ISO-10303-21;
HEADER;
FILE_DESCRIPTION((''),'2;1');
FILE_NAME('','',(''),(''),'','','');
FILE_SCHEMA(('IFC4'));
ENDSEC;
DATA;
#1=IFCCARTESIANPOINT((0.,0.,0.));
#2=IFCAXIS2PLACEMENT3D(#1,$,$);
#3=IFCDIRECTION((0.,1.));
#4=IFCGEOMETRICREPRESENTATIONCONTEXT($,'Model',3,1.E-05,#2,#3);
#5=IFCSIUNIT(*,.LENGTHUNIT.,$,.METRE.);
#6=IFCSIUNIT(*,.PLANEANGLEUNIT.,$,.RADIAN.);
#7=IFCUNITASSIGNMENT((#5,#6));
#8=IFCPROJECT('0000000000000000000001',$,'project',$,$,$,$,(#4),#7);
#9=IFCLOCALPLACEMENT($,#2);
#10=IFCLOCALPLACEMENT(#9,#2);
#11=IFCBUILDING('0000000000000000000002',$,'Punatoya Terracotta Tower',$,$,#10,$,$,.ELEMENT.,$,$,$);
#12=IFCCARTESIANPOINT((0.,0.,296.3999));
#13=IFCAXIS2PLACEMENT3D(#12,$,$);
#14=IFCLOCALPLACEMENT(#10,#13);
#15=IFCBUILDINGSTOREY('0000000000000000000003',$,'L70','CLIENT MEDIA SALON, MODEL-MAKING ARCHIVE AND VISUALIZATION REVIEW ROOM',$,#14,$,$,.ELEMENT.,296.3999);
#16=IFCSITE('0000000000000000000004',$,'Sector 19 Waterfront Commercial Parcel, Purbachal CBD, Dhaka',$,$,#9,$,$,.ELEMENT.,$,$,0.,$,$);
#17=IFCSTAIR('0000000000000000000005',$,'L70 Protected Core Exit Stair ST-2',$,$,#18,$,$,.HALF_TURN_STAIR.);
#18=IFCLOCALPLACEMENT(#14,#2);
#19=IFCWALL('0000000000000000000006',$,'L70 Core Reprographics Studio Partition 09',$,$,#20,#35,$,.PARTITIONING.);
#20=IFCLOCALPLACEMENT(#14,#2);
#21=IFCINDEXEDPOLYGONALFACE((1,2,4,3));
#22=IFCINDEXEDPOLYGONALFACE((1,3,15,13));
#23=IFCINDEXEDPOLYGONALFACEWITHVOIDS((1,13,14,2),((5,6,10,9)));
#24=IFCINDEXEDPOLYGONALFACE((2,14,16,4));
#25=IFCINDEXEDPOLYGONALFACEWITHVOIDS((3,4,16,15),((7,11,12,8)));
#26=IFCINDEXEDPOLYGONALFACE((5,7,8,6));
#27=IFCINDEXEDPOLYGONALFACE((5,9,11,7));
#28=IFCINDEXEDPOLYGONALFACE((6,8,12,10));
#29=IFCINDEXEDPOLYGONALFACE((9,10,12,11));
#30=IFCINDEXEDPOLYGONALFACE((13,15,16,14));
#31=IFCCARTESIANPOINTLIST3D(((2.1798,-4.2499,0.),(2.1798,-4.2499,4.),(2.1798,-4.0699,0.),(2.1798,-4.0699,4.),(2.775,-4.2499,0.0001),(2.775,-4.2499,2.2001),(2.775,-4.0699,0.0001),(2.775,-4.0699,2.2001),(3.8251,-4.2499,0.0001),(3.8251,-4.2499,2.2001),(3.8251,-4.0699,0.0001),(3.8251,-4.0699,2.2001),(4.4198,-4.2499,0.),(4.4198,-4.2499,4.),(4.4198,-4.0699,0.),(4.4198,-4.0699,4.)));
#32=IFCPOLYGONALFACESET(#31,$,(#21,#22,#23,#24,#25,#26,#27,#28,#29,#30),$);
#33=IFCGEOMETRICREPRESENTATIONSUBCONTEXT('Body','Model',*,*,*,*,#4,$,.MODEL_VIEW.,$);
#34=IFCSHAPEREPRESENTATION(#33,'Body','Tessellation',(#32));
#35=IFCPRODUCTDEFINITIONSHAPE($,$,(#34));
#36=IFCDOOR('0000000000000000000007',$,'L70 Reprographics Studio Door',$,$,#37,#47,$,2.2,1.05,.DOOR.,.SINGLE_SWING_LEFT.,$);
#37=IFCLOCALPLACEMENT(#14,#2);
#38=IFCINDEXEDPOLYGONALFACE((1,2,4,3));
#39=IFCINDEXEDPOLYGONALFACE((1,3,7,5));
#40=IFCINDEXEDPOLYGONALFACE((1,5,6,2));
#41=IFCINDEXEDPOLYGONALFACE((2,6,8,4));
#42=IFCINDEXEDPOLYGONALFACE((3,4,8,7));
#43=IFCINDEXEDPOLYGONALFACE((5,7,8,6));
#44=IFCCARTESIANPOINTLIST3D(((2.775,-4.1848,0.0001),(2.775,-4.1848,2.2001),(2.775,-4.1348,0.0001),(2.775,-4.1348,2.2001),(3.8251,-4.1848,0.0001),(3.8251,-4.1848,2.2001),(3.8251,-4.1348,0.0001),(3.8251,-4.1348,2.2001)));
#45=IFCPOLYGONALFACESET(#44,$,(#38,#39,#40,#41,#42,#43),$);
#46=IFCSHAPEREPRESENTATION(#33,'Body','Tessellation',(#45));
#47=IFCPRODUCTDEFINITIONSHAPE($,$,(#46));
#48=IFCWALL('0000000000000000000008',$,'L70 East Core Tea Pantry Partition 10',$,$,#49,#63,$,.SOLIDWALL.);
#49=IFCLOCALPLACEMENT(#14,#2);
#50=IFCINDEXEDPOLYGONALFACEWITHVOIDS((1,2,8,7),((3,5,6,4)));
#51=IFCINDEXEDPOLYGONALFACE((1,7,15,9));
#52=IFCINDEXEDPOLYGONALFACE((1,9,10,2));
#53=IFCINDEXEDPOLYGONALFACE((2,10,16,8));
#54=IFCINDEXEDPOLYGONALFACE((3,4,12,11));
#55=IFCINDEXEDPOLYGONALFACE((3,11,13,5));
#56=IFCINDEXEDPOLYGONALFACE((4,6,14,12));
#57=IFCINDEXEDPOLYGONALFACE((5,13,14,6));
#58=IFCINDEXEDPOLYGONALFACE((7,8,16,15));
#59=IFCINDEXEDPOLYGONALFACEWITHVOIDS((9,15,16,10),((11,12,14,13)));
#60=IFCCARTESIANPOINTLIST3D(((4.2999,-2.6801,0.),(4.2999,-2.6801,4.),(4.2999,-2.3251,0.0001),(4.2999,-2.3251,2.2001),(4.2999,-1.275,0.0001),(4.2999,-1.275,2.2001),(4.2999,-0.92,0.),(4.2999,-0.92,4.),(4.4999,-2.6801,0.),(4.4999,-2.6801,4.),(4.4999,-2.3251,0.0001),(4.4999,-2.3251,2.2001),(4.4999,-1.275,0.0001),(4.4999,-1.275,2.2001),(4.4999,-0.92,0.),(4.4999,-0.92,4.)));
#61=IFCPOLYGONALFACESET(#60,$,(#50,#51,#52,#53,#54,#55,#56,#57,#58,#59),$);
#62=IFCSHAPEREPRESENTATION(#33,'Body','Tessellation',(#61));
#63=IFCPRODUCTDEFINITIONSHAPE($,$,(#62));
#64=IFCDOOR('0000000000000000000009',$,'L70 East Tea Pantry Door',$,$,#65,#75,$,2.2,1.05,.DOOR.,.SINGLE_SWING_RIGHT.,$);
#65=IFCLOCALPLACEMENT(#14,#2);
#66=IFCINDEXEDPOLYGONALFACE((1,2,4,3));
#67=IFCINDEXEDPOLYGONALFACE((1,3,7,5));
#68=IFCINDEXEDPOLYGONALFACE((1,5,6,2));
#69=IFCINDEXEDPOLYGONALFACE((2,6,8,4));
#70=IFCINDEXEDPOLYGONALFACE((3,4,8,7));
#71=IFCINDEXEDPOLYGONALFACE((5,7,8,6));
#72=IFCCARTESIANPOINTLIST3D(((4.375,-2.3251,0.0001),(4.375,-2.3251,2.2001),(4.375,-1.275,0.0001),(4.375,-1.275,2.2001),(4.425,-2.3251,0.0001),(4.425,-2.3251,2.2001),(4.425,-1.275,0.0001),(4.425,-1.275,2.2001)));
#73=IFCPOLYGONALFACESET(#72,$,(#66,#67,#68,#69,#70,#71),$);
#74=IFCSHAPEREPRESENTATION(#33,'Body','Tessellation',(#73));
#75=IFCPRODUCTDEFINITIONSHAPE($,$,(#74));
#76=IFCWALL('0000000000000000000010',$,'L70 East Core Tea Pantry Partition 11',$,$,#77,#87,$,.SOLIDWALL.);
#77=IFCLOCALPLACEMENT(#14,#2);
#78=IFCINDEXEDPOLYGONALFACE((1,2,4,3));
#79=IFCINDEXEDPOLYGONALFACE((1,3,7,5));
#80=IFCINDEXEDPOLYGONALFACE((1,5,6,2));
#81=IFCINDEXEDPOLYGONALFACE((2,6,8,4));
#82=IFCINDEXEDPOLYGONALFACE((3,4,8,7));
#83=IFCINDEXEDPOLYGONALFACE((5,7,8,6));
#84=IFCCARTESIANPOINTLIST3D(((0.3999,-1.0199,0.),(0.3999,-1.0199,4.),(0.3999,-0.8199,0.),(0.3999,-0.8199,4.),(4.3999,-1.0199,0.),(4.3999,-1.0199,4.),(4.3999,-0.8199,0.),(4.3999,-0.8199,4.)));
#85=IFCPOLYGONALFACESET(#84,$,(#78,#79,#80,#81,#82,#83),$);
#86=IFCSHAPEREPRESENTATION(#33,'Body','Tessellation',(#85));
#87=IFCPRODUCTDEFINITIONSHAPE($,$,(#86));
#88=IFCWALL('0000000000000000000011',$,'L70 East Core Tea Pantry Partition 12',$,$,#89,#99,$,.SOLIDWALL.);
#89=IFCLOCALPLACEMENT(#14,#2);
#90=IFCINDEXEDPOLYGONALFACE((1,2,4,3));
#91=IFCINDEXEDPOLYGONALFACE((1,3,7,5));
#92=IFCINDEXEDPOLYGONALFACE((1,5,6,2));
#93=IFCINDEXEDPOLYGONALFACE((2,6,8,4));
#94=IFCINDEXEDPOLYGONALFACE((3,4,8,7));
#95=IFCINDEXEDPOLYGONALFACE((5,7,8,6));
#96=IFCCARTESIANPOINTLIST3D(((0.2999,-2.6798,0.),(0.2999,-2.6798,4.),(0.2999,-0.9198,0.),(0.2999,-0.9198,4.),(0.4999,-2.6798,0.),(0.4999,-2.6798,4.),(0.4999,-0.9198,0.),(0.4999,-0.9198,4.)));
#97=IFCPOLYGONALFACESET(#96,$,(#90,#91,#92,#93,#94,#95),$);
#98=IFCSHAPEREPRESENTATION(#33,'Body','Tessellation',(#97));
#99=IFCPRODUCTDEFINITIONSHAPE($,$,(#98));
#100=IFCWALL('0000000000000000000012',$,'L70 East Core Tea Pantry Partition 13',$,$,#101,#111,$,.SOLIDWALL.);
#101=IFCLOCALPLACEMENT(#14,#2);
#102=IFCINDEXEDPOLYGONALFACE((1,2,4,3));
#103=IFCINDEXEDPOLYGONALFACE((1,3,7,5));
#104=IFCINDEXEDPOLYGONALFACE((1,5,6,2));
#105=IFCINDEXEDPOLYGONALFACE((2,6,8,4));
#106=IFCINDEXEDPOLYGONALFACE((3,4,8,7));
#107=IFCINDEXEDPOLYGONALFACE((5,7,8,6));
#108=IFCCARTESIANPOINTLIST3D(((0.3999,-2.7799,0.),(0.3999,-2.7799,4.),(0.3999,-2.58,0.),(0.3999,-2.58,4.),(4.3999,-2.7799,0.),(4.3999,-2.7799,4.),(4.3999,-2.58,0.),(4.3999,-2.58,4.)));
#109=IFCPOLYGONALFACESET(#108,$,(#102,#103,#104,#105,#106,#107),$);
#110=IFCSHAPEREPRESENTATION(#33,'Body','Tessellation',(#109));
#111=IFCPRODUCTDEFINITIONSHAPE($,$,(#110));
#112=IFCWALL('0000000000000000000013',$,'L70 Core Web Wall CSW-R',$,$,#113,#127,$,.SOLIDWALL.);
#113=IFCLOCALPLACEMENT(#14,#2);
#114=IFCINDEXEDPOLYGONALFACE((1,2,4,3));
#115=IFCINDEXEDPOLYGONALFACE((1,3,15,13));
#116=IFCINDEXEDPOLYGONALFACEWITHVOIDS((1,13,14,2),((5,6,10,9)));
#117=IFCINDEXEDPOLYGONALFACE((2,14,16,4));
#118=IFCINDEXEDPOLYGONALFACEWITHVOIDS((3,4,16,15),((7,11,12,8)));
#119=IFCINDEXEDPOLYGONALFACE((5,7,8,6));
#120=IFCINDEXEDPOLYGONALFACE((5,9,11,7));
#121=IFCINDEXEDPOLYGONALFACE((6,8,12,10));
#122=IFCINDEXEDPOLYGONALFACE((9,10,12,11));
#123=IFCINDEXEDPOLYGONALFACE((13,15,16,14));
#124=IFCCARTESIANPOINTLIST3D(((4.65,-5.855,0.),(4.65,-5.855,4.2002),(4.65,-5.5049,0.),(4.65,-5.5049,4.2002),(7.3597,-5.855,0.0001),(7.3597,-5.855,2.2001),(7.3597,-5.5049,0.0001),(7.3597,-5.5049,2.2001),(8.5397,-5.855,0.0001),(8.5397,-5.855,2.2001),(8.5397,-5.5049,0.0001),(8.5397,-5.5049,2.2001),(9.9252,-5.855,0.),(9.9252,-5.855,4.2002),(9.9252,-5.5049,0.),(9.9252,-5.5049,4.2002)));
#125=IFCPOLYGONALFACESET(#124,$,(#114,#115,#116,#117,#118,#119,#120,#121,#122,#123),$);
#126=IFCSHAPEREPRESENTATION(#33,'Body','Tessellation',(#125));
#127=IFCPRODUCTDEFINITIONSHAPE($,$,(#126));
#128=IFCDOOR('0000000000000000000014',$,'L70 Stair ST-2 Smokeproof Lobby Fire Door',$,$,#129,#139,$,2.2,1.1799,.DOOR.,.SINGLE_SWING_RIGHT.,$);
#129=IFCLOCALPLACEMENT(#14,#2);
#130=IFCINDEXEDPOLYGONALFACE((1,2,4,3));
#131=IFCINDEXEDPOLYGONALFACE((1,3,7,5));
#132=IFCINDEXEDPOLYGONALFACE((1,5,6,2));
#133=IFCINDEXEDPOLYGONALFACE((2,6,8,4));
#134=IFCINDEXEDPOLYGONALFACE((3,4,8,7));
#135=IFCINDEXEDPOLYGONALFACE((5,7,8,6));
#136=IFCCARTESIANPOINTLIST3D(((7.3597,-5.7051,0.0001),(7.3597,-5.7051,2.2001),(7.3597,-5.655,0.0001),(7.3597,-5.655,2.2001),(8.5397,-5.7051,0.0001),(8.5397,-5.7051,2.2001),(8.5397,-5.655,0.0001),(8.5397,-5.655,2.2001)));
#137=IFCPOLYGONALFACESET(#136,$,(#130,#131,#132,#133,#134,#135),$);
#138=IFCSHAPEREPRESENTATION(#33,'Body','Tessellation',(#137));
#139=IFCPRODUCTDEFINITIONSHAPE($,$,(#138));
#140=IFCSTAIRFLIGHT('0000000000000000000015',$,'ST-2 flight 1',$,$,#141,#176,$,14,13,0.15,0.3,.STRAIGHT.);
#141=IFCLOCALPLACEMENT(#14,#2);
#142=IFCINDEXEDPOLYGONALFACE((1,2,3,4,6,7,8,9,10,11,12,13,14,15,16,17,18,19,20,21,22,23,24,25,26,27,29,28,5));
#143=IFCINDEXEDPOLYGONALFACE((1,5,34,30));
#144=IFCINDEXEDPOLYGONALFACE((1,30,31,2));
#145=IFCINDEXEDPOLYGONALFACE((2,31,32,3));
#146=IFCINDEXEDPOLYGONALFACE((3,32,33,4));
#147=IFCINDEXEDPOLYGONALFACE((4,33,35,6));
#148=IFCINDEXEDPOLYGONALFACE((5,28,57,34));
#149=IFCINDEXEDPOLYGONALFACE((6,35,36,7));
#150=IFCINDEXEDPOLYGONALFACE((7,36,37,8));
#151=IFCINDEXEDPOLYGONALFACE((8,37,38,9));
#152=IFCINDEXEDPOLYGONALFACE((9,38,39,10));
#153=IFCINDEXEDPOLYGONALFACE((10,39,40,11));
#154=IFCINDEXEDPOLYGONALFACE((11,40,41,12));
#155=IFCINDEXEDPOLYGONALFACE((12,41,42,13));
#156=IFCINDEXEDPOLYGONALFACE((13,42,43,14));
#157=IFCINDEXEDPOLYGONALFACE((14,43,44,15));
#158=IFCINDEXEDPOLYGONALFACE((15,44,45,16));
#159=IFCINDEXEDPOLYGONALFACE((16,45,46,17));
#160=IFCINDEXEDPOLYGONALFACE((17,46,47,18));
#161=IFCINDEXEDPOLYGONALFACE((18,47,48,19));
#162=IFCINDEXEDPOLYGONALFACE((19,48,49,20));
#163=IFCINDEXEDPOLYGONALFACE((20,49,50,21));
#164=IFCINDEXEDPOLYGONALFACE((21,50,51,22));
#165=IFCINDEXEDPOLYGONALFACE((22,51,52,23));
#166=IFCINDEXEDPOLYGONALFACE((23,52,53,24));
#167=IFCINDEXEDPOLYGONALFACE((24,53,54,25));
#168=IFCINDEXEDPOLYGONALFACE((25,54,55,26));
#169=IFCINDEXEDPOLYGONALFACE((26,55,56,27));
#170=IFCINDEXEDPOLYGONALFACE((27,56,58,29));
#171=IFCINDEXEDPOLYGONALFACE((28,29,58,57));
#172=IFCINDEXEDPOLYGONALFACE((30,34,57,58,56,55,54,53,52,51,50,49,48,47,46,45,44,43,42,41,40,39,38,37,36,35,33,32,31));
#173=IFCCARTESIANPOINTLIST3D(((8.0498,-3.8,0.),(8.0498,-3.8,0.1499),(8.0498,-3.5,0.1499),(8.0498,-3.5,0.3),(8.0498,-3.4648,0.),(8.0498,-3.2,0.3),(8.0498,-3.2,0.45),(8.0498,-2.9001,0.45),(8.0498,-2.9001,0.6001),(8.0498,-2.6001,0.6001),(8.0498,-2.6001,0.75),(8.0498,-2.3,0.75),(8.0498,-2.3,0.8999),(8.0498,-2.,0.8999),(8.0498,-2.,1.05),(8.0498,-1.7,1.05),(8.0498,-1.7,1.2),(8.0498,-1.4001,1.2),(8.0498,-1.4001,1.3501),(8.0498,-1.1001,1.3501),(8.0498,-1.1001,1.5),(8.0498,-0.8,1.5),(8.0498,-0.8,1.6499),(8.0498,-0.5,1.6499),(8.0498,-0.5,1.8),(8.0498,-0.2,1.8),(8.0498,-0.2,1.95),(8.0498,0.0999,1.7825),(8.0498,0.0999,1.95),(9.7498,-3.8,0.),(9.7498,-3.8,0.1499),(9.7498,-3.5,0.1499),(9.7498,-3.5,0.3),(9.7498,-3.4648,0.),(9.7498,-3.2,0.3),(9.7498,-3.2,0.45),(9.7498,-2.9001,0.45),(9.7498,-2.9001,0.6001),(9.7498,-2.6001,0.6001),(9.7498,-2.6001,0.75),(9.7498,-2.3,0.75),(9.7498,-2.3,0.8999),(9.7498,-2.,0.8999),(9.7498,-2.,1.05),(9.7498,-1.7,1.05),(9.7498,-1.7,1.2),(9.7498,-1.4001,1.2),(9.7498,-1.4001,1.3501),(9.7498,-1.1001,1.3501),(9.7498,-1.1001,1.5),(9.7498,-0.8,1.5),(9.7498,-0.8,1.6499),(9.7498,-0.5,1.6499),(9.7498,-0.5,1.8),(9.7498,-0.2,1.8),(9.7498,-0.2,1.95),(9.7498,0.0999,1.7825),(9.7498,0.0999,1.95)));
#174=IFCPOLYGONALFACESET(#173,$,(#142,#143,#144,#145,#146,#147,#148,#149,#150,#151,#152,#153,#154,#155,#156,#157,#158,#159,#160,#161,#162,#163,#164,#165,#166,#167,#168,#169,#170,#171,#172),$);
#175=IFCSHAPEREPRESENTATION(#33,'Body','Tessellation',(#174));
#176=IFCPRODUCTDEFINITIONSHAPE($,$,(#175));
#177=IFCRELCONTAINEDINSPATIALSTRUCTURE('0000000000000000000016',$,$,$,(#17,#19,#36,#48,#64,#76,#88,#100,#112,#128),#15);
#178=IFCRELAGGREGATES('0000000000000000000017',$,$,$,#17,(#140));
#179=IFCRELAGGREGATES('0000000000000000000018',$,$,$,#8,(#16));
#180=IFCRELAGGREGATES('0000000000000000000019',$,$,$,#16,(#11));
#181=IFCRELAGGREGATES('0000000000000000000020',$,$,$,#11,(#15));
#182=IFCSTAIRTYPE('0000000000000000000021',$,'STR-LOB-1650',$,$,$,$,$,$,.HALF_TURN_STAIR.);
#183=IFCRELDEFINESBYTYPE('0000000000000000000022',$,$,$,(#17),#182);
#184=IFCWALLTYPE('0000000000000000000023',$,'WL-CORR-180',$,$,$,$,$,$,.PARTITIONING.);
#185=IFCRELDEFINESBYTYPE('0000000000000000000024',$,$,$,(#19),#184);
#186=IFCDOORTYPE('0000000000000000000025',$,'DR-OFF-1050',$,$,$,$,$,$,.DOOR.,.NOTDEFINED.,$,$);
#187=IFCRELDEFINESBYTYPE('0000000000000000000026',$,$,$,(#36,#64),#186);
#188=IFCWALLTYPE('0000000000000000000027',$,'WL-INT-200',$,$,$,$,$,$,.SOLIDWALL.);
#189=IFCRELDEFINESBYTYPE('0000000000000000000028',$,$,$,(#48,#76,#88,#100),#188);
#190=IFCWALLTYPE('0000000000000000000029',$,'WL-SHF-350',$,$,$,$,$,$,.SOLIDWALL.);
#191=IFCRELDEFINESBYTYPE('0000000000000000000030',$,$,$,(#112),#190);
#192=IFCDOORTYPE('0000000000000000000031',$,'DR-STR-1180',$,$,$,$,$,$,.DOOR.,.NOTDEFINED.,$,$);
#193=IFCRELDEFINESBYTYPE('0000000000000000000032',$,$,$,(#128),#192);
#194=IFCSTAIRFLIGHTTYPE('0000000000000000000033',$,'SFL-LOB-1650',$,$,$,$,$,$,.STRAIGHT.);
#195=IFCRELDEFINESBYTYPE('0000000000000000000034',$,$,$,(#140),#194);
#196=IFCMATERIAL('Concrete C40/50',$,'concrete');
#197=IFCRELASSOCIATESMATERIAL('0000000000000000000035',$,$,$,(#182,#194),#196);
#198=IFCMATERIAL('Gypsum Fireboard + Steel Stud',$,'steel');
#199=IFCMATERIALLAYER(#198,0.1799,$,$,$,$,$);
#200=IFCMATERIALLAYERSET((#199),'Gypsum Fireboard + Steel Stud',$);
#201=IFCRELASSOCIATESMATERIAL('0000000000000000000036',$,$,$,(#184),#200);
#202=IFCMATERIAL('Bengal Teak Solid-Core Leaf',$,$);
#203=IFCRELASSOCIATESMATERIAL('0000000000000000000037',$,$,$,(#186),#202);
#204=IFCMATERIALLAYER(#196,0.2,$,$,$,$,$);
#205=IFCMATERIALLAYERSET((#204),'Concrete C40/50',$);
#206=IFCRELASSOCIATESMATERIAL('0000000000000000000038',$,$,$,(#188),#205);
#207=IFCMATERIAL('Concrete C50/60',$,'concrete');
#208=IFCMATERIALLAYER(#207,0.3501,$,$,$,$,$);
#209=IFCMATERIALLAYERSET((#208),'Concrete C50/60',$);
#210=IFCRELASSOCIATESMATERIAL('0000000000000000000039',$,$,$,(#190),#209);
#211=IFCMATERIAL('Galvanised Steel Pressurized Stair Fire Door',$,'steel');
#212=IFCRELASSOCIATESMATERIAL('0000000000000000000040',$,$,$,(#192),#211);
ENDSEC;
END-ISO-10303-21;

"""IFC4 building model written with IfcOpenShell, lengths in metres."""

from ifc_helpers import new_model, si_unit, direction, frame, frame_2d, origin, place, context, subcontext, project, spatial, polyline, rectangle, outline, extrude, material, layer, layer_set, type_object, element, fill, aggregate, save


model = new_model("IFC4")

# Units and contexts
model_context = context("Model", 3, precision=1e-05, world=origin(), true_north=direction((0.0, 1.0)))
body_context = subcontext(model_context, "Body", "Model", "MODEL_VIEW")
ifc_project = project(units=[si_unit("LENGTHUNIT", "METRE"), si_unit("PLANEANGLEUNIT", "RADIAN")], contexts=[model_context])

# Site, building, storey
site_placement = place(None, origin())
site = spatial("IfcSite", under=ifc_project, at=site_placement, Name="Sector 19 Waterfront Commercial Parcel, Purbachal CBD, Dhaka", CompositionType="ELEMENT", RefElevation=0.0)
building_placement = place(site_placement, origin())
building = spatial("IfcBuilding", under=site, at=building_placement, Name="Punatoya Terracotta Tower", CompositionType="ELEMENT")
storey_placement = place(building_placement, frame((0.0, 0.0, 296.3999)))
storey = spatial("IfcBuildingStorey", under=building, at=storey_placement, Name="L70", Description="CLIENT MEDIA SALON, MODEL-MAKING ARCHIVE AND VISUALIZATION REVIEW ROOM", CompositionType="ELEMENT", Elevation=296.3999)

# Stair
ifc_material_1 = material(Name="Concrete C40/50", Category="concrete")
stair_type_1 = type_object("IfcStairType", Name="STR-LOB-1650", PredefinedType="HALF_TURN_STAIR", material=ifc_material_1)
stair_1_placement = place(storey_placement, origin())
stair_1 = element("IfcStair", 1, at=stair_1_placement, inside=storey, type_object=stair_type_1, Name="L70 Protected Core Exit Stair ST-2", PredefinedType="HALF_TURN_STAIR")

# Shared definitions
ifc_material_2 = material(Name="Gypsum Fireboard + Steel Stud", Category="steel")
ifc_layer_1 = layer(ifc_material_2, 0.1799)
ifc_layer_set_1 = layer_set([ifc_layer_1], Name="Gypsum Fireboard + Steel Stud")
wall_type_1 = type_object("IfcWallType", Name="WL-CORR-180", PredefinedType="PARTITIONING", material=ifc_layer_set_1)

# Walls, openings, doors
wall_1_placement = place(storey_placement, frame((4.4199, -4.1599, 0.0), z_axis=(0.0, 0.0, 1.0), x_axis=(-1.0, 0.0, 0.0)))
wall_1 = element("IfcWall", 2, at=wall_1_placement, inside=storey, type_object=wall_type_1, Name="L70 Core Reprographics Studio Partition 09", PredefinedType="PARTITIONING", context=body_context, shape_type="SweptSolid", body=[
    extrude(rectangle(XDim=2.24, YDim=0.1799, at=frame_2d((1.1201, 0.0))), origin(), (0.0, 0.0, 1.0), 4.0),
])
opening_1_placement = place(wall_1_placement, frame((0.595, 0.0, 0.0)))
opening_1 = element("IfcOpeningElement", 3, at=opening_1_placement, cuts=wall_1, PredefinedType="OPENING", context=body_context, shape_type="SweptSolid", body=[
    extrude(rectangle(XDim=1.05, YDim=2.2, at=frame_2d((0.5249, 1.1001))), frame((0.0, 0.0999, 0.0), z_axis=(0.0, -1.0, 0.0), x_axis=(1.0, 0.0, 0.0)), (0.0, 0.0, 1.0), 0.2),
])
ifc_material_3 = material(Name="Bengal Teak Solid-Core Leaf")
door_type_1 = type_object("IfcDoorType", Name="DR-OFF-1050", OperationType="NOTDEFINED", PredefinedType="DOOR", material=ifc_material_3)
door_1_placement = place(opening_1_placement, origin())
door_1 = element("IfcDoor", 4, at=door_1_placement, inside=storey, type_object=door_type_1, Name="L70 Reprographics Studio Door", OperationType="SINGLE_SWING_LEFT", OverallHeight=2.2, OverallWidth=1.05, PredefinedType="DOOR", context=body_context, shape_type="SweptSolid", body=[
    extrude(rectangle(XDim=1.05, YDim=2.2, at=frame_2d((0.5249, 1.1001))), frame((0.0, 0.0249, 0.0), z_axis=(0.0, -1.0, 0.0), x_axis=(1.0, 0.0, 0.0)), (0.0, 0.0, 1.0), 0.05),
])
fill(opening_1, door_1)
ifc_layer_2 = layer(ifc_material_1, 0.2)
ifc_layer_set_2 = layer_set([ifc_layer_2], Name="Concrete C40/50")
wall_type_2 = type_object("IfcWallType", Name="WL-INT-200", PredefinedType="SOLIDWALL", material=ifc_layer_set_2)
wall_2_placement = place(storey_placement, frame((4.3999, -2.6799, 0.0), z_axis=(0.0, 0.0, 1.0), x_axis=(0.0, 1.0, 0.0)))
wall_2 = element("IfcWall", 5, at=wall_2_placement, inside=storey, type_object=wall_type_2, Name="L70 East Core Tea Pantry Partition 10", PredefinedType="SOLIDWALL", context=body_context, shape_type="SweptSolid", body=[
    extrude(rectangle(XDim=1.76, YDim=0.2, at=frame_2d((0.8799, 0.0))), origin(), (0.0, 0.0, 1.0), 4.0),
])
opening_2_placement = place(wall_2_placement, frame((0.355, 0.0, 0.0)))
opening_2 = element("IfcOpeningElement", 6, at=opening_2_placement, cuts=wall_2, PredefinedType="OPENING", context=body_context, shape_type="SweptSolid", body=[
    extrude(rectangle(XDim=1.05, YDim=2.2, at=frame_2d((0.5249, 1.1001))), frame((0.0, 0.1099, 0.0), z_axis=(0.0, -1.0, 0.0), x_axis=(1.0, 0.0, 0.0)), (0.0, 0.0, 1.0), 0.22),
])
door_2_placement = place(opening_2_placement, origin())
door_2 = element("IfcDoor", 7, at=door_2_placement, inside=storey, type_object=door_type_1, Name="L70 East Tea Pantry Door", OperationType="SINGLE_SWING_RIGHT", OverallHeight=2.2, OverallWidth=1.05, PredefinedType="DOOR", context=body_context, shape_type="SweptSolid", body=[
    extrude(rectangle(XDim=1.05, YDim=2.2, at=frame_2d((0.5249, 1.1001))), frame((0.0, 0.0249, 0.0), z_axis=(0.0, -1.0, 0.0), x_axis=(1.0, 0.0, 0.0)), (0.0, 0.0, 1.0), 0.05),
])
fill(opening_2, door_2)

# Walls
wall_3_placement = place(storey_placement, frame((4.3999, -0.9199, 0.0), z_axis=(0.0, 0.0, 1.0), x_axis=(-1.0, 0.0, 0.0)))
element("IfcWall", 8, at=wall_3_placement, inside=storey, type_object=wall_type_2, Name="L70 East Core Tea Pantry Partition 11", PredefinedType="SOLIDWALL", context=body_context, shape_type="SweptSolid", body=[
    extrude(rectangle(XDim=4.0, YDim=0.2, at=frame_2d((2.0, 0.0))), origin(), (0.0, 0.0, 1.0), 4.0),
])
wall_4_placement = place(storey_placement, frame((0.3999, -0.9199, 0.0), z_axis=(0.0, 0.0, 1.0), x_axis=(0.0, -1.0, 0.0)))
element("IfcWall", 9, at=wall_4_placement, inside=storey, type_object=wall_type_2, Name="L70 East Core Tea Pantry Partition 12", PredefinedType="SOLIDWALL", context=body_context, shape_type="SweptSolid", body=[
    extrude(rectangle(XDim=1.76, YDim=0.2, at=frame_2d((0.8799, 0.0))), origin(), (0.0, 0.0, 1.0), 4.0),
])
wall_5_placement = place(storey_placement, frame((0.3999, -2.6799, 0.0), z_axis=(0.0, 0.0, 1.0), x_axis=(1.0, 0.0, 0.0)))
element("IfcWall", 10, at=wall_5_placement, inside=storey, type_object=wall_type_2, Name="L70 East Core Tea Pantry Partition 13", PredefinedType="SOLIDWALL", context=body_context, shape_type="SweptSolid", body=[
    extrude(rectangle(XDim=4.0, YDim=0.2, at=frame_2d((2.0, 0.0))), origin(), (0.0, 0.0, 1.0), 4.0),
])

# Wall, opening, door
ifc_material_4 = material(Name="Concrete C50/60", Category="concrete")
ifc_layer_3 = layer(ifc_material_4, 0.3501)
ifc_layer_set_3 = layer_set([ifc_layer_3], Name="Concrete C50/60")
wall_type_3 = type_object("IfcWallType", Name="WL-SHF-350", PredefinedType="SOLIDWALL", material=ifc_layer_set_3)
wall_6_placement = place(storey_placement, frame((4.6499, -5.6799, 0.0), z_axis=(0.0, 0.0, 1.0), x_axis=(1.0, 0.0, 0.0)))
wall_6 = element("IfcWall", 11, at=wall_6_placement, inside=storey, type_object=wall_type_3, Name="L70 Core Web Wall CSW-R", PredefinedType="SOLIDWALL", context=body_context, shape_type="SweptSolid", body=[
    extrude(rectangle(XDim=5.2751, YDim=0.3501, at=frame_2d((2.6377, 0.0))), origin(), (0.0, 0.0, 1.0), 4.2002),
])
opening_3_placement = place(wall_6_placement, frame((2.71, 0.0, 0.0)))
opening_3 = element("IfcOpeningElement", 12, at=opening_3_placement, cuts=wall_6, PredefinedType="OPENING", context=body_context, shape_type="SweptSolid", body=[
    extrude(rectangle(XDim=1.1799, YDim=2.2, at=frame_2d((0.5898, 1.1001))), frame((0.0, 0.1851, 0.0), z_axis=(0.0, -1.0, 0.0), x_axis=(1.0, 0.0, 0.0)), (0.0, 0.0, 1.0), 0.3701),
])
ifc_material_5 = material(Name="Galvanised Steel Pressurized Stair Fire Door", Category="steel")
door_type_2 = type_object("IfcDoorType", Name="DR-STR-1180", OperationType="NOTDEFINED", PredefinedType="DOOR", material=ifc_material_5)
door_3_placement = place(opening_3_placement, origin())
door_3 = element("IfcDoor", 13, at=door_3_placement, inside=storey, type_object=door_type_2, Name="L70 Stair ST-2 Smokeproof Lobby Fire Door", OperationType="SINGLE_SWING_RIGHT", OverallHeight=2.2, OverallWidth=1.1799, PredefinedType="DOOR", context=body_context, shape_type="SweptSolid", body=[
    extrude(rectangle(XDim=1.1799, YDim=2.2, at=frame_2d((0.5898, 1.1001))), frame((0.0, 0.0249, 0.0), z_axis=(0.0, -1.0, 0.0), x_axis=(1.0, 0.0, 0.0)), (0.0, 0.0, 1.0), 0.05),
])
fill(opening_3, door_3)

# Stair flight
stair_flight_type = type_object("IfcStairFlightType", Name="SFL-LOB-1650", PredefinedType="STRAIGHT", material=ifc_material_1)
stair_flight_placement = place(storey_placement, frame((8.8999, -3.8, 0.0), z_axis=(0.0, 0.0, 1.0), x_axis=(0.0, 1.0, 0.0)))
stair_flight = element("IfcStairFlight", 14, at=stair_flight_placement, type_object=stair_flight_type, Name="ST-2 flight 1", NumberOfRisers=14, NumberOfTreads=13, PredefinedType="STRAIGHT", RiserHeight=0.15, TreadLength=0.3, context=body_context, shape_type="SweptSolid", body=[
    extrude(outline(polyline([(0.0, 0.0), (0.0, 0.1499), (0.3, 0.1499), (0.3, 0.3), (0.6001, 0.3), (0.6001, 0.45), (0.8999, 0.45), (0.8999, 0.6001), (1.2, 0.6001), (1.2, 0.75), (1.5, 0.75), (1.5, 0.8999), (1.8, 0.8999), (1.8, 1.05), (2.1001, 1.05), (2.1001, 1.2), (2.3999, 1.2), (2.3999, 1.3501), (2.7, 1.3501), (2.7, 1.5), (3.0, 1.5), (3.0, 1.6499), (3.3, 1.6499), (3.3, 1.8), (3.6001, 1.8), (3.6001, 1.95), (3.8999, 1.95), (3.8999, 2.1001), (3.8999, 1.7825), (0.3352, 0.0), (0.0, 0.0)])), frame((0.0, 0.8501, 0.0), z_axis=(0.0, -1.0, 0.0), x_axis=(1.0, 0.0, 0.0)), (0.0, 0.0, 1.0), 1.7),
])
aggregate(stair_1, [stair_flight])

save(model, "model.ifc")
